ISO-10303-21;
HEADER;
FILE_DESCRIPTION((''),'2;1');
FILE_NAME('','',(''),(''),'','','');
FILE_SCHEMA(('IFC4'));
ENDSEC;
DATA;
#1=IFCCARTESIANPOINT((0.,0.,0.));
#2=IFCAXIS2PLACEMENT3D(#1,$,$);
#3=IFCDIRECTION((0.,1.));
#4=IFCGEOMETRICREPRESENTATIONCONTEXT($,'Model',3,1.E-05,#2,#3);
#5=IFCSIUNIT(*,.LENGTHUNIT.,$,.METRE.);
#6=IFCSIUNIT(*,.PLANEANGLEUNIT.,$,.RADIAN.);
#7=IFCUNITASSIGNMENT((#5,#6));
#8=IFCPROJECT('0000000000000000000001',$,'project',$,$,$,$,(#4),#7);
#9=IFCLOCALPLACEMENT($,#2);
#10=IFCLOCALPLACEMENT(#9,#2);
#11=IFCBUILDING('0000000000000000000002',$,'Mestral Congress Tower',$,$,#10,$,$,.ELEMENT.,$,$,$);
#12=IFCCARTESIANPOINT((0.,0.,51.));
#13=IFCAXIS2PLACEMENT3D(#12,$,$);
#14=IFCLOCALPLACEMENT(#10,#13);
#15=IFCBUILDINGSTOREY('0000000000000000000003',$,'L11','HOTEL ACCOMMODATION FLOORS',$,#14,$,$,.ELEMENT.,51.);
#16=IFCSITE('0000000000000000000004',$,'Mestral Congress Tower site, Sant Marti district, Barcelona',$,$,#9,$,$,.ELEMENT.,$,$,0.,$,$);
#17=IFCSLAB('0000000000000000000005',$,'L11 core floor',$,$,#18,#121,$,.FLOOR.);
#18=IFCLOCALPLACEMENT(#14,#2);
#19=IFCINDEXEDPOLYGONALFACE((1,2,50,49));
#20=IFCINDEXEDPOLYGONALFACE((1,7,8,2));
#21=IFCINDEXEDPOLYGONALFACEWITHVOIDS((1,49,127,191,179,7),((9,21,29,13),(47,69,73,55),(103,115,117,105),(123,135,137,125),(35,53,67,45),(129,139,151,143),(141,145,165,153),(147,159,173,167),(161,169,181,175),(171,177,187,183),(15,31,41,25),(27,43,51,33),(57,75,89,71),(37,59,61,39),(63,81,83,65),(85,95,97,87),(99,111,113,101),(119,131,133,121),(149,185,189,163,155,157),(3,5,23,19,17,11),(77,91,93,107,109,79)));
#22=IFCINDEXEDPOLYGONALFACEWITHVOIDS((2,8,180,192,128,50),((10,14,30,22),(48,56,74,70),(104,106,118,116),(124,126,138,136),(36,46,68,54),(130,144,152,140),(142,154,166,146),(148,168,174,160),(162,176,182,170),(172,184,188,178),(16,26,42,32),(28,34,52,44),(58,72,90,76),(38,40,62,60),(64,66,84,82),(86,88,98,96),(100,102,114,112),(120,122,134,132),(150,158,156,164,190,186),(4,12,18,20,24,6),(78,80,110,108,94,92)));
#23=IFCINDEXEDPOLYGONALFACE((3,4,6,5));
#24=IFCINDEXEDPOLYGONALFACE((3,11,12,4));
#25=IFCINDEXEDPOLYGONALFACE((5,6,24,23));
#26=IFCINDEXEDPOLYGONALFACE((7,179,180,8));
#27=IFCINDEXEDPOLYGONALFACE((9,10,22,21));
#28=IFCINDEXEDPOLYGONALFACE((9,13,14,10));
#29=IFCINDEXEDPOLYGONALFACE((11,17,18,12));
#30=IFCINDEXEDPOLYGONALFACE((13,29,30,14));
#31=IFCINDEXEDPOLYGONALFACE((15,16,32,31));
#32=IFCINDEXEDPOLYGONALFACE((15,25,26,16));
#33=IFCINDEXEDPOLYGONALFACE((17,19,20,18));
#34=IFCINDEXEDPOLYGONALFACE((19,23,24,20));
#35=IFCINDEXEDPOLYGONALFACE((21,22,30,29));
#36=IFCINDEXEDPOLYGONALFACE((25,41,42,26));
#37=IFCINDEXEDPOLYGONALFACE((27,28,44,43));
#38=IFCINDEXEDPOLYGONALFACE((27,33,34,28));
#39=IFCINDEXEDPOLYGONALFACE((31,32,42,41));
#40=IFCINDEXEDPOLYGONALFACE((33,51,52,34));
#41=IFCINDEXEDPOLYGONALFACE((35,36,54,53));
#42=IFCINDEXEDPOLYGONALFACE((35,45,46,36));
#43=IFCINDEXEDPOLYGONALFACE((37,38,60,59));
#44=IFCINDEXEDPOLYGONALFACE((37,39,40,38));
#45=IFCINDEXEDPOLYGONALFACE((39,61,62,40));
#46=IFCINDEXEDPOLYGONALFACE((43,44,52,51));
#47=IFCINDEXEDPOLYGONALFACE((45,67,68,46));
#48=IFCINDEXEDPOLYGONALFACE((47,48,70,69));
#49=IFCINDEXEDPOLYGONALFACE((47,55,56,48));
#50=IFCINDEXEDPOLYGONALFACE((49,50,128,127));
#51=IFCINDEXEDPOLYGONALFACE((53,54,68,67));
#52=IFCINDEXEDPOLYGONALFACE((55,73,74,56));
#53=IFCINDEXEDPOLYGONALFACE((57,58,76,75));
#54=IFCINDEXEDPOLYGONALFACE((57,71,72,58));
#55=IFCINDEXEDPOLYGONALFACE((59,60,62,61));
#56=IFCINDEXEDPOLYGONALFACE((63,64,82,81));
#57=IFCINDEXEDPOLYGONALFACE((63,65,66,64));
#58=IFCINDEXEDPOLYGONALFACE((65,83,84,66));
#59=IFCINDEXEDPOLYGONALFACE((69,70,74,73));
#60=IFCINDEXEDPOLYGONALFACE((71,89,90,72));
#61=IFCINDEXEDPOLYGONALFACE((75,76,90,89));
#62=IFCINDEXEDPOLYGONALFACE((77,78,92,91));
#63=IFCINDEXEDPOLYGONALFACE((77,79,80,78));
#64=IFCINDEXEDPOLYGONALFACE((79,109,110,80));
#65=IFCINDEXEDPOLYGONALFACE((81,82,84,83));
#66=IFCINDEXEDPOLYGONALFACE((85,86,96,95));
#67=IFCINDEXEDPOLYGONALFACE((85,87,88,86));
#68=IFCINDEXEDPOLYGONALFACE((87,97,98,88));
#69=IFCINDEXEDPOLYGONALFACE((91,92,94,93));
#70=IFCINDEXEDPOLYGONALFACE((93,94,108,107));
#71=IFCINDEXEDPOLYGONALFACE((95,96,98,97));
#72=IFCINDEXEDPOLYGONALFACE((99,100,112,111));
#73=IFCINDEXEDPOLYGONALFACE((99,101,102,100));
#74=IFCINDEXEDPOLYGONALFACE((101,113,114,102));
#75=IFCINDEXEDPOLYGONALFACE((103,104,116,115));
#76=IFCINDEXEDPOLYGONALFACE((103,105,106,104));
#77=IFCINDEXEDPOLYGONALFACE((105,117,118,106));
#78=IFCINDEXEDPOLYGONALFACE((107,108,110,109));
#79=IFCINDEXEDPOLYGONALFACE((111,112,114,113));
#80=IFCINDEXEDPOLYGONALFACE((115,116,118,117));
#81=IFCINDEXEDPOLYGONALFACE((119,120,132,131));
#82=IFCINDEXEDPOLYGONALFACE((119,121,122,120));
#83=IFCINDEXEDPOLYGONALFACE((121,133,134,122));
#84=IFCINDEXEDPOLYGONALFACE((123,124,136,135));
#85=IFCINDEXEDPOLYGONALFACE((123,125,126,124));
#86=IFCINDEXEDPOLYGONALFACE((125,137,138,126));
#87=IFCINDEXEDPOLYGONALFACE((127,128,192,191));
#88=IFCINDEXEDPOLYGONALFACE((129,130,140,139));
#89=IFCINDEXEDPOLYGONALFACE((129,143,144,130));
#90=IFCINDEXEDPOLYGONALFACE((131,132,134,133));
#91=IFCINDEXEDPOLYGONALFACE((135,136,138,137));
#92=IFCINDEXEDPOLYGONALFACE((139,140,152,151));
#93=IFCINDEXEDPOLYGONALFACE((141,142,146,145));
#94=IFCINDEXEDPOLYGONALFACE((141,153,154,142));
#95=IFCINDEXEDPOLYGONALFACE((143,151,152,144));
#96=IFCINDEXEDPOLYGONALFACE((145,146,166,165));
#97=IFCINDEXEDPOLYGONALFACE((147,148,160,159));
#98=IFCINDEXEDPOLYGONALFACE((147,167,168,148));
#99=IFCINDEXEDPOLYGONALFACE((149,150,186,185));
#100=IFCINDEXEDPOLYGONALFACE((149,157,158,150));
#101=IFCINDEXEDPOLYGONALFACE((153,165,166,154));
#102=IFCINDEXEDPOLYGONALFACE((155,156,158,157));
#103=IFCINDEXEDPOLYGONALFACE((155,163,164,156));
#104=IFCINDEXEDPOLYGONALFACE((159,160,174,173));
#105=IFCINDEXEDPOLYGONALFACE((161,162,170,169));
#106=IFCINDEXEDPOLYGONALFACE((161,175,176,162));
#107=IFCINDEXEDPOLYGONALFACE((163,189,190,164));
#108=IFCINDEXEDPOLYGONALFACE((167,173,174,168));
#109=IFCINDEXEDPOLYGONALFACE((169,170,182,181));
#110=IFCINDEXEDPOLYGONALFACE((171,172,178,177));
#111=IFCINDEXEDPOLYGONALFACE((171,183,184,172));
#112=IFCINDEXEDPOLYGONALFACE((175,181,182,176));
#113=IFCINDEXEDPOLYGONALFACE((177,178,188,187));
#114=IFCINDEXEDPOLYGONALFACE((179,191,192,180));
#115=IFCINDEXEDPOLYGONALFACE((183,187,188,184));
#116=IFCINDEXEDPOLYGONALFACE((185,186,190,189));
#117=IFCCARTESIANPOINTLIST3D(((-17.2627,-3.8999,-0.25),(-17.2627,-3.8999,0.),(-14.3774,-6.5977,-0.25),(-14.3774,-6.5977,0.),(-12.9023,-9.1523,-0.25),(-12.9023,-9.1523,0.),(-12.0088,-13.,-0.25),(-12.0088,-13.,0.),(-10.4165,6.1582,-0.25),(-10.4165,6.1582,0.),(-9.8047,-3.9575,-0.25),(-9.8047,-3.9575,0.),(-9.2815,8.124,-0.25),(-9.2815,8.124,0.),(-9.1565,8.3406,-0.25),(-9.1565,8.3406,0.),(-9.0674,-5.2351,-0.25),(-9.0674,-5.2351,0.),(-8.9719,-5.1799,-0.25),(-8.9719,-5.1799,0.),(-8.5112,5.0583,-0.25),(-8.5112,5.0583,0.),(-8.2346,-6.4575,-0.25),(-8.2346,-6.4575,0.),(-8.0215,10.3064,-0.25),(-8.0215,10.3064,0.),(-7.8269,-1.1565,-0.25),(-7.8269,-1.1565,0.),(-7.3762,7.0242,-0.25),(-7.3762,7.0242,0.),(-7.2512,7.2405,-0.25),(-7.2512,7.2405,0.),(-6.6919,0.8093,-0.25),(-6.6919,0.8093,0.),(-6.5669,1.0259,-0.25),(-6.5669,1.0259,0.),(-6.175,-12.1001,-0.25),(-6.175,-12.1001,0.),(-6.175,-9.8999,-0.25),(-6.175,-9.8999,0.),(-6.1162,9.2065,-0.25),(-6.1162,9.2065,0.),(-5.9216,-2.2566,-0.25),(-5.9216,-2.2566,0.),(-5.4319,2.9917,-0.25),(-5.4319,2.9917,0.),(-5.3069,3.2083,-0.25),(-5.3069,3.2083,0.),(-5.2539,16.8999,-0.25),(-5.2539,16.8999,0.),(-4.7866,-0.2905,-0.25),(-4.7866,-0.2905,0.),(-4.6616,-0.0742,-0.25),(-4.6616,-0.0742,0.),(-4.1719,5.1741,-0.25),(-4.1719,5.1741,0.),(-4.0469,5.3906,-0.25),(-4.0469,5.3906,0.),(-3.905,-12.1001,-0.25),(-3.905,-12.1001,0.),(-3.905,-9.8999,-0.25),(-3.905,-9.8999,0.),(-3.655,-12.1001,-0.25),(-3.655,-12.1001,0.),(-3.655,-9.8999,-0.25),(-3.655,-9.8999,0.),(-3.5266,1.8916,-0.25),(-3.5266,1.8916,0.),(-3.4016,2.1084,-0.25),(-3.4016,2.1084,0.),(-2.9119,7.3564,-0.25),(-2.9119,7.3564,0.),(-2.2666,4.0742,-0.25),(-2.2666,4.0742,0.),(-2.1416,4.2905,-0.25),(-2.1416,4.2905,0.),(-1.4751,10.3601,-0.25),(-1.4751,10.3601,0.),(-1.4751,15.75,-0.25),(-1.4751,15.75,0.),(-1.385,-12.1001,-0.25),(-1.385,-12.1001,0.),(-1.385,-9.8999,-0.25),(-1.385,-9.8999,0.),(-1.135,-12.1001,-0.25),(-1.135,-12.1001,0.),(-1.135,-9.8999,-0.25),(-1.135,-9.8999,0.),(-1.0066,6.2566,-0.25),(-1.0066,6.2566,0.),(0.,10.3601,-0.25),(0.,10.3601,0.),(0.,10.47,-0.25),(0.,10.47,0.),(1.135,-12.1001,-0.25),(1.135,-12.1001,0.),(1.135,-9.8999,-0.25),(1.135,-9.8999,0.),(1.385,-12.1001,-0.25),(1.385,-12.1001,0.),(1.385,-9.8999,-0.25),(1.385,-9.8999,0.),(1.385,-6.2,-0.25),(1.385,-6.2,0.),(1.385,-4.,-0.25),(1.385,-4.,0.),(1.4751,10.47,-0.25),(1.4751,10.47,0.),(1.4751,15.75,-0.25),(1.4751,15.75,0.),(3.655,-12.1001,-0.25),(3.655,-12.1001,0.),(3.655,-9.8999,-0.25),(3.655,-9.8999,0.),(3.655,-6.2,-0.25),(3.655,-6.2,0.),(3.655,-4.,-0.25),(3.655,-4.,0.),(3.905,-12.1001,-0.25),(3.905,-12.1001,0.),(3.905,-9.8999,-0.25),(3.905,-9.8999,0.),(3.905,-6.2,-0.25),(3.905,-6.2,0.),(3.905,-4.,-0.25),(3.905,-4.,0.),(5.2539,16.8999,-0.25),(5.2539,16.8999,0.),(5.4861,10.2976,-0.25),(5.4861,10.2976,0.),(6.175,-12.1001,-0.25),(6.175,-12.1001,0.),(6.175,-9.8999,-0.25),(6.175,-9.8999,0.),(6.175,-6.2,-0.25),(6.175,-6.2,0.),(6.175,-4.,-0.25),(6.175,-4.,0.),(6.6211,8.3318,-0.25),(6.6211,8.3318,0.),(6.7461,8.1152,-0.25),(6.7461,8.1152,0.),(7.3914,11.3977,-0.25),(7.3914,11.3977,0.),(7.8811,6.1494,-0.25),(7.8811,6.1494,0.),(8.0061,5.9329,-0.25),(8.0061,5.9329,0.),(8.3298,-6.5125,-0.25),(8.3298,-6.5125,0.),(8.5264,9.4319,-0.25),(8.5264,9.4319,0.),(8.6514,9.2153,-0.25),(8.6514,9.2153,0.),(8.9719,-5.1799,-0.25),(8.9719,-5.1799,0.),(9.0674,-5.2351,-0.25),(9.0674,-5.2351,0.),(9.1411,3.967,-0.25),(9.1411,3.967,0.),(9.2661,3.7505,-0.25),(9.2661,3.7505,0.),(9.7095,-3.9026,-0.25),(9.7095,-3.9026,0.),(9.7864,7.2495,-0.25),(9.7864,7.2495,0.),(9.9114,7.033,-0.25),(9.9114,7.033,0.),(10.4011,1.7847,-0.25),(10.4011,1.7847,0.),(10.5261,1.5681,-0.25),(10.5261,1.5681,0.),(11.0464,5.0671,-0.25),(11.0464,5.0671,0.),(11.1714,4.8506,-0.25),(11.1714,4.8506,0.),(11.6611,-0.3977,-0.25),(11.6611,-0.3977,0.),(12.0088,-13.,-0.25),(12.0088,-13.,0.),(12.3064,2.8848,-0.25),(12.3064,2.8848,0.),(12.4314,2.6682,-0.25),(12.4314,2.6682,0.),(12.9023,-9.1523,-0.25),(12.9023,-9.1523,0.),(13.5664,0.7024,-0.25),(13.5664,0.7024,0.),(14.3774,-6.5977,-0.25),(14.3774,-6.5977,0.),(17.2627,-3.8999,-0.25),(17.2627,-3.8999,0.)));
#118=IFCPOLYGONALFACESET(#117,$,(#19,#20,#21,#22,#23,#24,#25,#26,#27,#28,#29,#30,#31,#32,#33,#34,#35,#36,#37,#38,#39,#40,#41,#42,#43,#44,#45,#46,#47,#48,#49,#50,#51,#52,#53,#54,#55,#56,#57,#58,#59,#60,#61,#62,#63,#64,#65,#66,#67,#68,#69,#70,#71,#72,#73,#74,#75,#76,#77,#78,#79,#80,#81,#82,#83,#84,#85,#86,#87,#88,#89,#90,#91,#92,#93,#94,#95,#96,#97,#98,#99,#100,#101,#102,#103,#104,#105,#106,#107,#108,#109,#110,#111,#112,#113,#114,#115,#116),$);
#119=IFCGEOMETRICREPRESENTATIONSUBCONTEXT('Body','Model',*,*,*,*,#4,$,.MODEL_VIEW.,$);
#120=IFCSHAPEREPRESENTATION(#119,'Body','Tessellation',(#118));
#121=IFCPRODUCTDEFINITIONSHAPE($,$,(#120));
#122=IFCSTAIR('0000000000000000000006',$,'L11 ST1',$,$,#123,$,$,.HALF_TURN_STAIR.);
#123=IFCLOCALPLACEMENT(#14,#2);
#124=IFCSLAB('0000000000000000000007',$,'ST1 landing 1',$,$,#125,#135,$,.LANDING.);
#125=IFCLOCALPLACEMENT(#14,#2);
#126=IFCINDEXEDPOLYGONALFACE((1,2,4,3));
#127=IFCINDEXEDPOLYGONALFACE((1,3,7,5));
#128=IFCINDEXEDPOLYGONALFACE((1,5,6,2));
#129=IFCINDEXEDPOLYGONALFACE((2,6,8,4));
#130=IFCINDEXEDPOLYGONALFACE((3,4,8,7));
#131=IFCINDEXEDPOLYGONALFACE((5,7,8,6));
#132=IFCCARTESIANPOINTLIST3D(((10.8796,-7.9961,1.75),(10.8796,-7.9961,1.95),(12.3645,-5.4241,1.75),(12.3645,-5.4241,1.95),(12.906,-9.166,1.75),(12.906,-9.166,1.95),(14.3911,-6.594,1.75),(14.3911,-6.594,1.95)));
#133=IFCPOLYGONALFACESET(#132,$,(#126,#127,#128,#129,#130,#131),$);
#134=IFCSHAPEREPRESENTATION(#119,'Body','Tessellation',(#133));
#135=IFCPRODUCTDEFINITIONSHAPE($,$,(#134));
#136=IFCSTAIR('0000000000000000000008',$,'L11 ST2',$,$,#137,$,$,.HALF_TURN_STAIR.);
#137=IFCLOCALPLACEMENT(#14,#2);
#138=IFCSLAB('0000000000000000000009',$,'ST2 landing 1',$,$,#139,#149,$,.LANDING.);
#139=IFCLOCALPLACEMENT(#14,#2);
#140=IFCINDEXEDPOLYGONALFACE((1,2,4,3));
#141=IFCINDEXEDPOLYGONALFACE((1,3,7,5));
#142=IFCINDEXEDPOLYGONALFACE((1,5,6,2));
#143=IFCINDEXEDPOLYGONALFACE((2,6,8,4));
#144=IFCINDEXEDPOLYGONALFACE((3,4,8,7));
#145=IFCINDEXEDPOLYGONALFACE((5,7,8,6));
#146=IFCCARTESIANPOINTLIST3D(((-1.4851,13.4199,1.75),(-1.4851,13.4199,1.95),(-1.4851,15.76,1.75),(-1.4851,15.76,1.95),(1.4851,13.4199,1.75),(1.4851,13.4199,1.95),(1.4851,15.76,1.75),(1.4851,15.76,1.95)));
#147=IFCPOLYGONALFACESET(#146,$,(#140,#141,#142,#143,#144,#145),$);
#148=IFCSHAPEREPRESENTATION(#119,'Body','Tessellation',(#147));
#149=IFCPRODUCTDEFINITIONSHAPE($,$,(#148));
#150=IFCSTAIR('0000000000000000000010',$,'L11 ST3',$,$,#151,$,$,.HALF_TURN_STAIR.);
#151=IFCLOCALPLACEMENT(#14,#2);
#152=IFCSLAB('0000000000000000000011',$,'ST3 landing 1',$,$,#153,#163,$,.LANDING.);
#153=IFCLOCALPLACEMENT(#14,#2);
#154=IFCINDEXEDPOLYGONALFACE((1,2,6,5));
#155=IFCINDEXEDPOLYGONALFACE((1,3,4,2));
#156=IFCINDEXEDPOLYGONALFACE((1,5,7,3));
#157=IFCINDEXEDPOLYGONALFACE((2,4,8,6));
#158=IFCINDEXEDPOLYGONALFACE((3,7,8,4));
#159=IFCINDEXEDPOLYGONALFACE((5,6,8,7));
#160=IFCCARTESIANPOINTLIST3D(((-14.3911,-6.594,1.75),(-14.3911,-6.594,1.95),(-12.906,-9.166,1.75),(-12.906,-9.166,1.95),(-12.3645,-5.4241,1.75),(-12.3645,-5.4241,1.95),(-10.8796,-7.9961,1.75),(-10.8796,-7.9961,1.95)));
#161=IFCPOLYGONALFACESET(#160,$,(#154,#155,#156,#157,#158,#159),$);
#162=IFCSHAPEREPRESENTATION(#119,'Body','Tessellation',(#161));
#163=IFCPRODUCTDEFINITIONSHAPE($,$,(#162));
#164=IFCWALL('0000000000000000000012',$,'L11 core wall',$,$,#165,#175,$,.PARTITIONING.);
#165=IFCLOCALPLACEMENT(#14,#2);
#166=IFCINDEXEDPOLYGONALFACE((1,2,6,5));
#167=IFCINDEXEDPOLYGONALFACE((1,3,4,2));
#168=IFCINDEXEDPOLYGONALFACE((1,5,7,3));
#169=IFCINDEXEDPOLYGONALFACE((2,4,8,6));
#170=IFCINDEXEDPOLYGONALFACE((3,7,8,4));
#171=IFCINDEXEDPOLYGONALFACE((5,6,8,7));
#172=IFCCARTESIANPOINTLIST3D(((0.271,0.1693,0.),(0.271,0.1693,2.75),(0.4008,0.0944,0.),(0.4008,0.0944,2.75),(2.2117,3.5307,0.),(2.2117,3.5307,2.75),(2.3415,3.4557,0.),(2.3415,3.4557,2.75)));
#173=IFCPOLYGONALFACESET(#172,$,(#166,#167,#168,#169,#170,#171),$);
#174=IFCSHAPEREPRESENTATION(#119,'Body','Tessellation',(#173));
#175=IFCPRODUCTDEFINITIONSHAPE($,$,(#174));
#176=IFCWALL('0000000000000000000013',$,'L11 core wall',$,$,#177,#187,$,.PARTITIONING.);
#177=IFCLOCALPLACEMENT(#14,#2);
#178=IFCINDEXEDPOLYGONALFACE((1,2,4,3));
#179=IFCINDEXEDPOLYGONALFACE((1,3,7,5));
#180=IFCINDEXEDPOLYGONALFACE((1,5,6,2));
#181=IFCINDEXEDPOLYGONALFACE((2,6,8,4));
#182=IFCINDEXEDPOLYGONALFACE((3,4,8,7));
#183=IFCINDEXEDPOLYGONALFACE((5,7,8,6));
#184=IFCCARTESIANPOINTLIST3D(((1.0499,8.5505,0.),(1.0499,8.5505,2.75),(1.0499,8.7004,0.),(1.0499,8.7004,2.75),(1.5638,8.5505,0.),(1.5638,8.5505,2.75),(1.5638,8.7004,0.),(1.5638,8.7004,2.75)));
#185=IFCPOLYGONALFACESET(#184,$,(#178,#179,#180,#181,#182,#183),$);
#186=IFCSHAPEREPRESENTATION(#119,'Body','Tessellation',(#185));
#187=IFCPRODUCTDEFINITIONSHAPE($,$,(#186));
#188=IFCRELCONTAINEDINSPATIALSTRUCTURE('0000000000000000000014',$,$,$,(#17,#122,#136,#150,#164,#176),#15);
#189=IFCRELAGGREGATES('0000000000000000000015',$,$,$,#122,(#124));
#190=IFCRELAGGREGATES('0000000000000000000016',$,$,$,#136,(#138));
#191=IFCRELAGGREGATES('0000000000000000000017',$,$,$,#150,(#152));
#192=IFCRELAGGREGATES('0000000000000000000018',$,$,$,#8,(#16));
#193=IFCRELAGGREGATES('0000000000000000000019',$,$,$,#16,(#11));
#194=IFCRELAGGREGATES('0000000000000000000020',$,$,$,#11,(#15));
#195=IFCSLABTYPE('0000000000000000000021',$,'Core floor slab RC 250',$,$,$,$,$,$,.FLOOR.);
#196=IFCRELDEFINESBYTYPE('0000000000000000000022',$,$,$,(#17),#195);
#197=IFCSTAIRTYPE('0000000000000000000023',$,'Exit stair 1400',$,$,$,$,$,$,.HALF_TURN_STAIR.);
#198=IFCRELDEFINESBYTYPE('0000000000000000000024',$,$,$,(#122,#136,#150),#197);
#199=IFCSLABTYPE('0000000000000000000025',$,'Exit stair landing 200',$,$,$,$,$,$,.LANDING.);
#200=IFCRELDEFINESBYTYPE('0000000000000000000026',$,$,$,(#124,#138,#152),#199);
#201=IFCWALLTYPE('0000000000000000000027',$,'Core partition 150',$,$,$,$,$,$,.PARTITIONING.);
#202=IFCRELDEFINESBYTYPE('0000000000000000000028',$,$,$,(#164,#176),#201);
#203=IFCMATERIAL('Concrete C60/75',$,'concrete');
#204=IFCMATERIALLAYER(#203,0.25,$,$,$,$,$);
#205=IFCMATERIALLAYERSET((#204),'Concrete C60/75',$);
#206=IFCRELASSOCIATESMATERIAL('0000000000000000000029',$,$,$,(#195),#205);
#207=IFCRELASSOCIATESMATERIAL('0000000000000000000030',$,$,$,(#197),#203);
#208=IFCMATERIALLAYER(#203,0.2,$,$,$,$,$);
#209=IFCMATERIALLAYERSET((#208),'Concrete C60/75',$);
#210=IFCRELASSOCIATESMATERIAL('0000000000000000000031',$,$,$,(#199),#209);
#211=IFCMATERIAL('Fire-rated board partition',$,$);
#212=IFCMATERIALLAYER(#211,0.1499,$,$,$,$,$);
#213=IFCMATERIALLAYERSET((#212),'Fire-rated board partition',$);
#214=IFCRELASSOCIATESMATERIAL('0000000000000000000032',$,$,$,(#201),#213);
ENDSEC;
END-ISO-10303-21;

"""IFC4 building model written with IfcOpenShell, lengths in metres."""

from ifc_helpers import new_model, si_unit, direction, frame, frame_2d, origin, place, context, subcontext, project, spatial, polyline, rectangle, outline, extrude, material, layer, layer_set, type_object, element, aggregate, save


model = new_model("IFC4")

# Units and contexts
model_context = context("Model", 3, precision=1e-05, world=origin(), true_north=direction((0.0, 1.0)))
body_context = subcontext(model_context, "Body", "Model", "MODEL_VIEW")
ifc_project = project(units=[si_unit("LENGTHUNIT", "METRE"), si_unit("PLANEANGLEUNIT", "RADIAN")], contexts=[model_context])

# Site, building, storey
site_placement = place(None, origin())
site = spatial("IfcSite", under=ifc_project, at=site_placement, Name="Mestral Congress Tower site, Sant Marti district, Barcelona", CompositionType="ELEMENT", RefElevation=0.0)
building_placement = place(site_placement, origin())
building = spatial("IfcBuilding", under=site, at=building_placement, Name="Mestral Congress Tower", CompositionType="ELEMENT")
storey_placement = place(building_placement, frame((0.0, 0.0, 51.0)))
storey = spatial("IfcBuildingStorey", under=building, at=storey_placement, Name="L11", Description="HOTEL ACCOMMODATION FLOORS", CompositionType="ELEMENT", Elevation=51.0)

# Slab
ifc_material_1 = material(Name="Concrete C60/75", Category="concrete")
ifc_layer_1 = layer(ifc_material_1, 0.25)
ifc_layer_set_1 = layer_set([ifc_layer_1], Name="Concrete C60/75")
slab_type_1 = type_object("IfcSlabType", Name="Core floor slab RC 250", PredefinedType="FLOOR", material=ifc_layer_set_1)
slab_1_placement = place(storey_placement, frame((0.0, 0.0, -0.25)))
element("IfcSlab", 1, at=slab_1_placement, inside=storey, type_object=slab_type_1, Name="L11 core floor", PredefinedType="FLOOR", context=body_context, shape_type="SweptSolid", body=[
    extrude(outline(polyline([(12.0088, -13.0), (-12.0088, -13.0), (-17.2627, -3.8999), (-5.2539, 16.8999), (5.2539, 16.8999), (17.2627, -3.8999), (12.0088, -13.0)]), holes=[polyline([(-3.905, -9.8999), (-6.175, -9.8999), (-6.175, -12.1001), (-3.905, -12.1001), (-3.905, -9.8999)]), polyline([(-1.385, -9.8999), (-3.655, -9.8999), (-3.655, -12.1001), (-1.385, -12.1001), (-1.385, -9.8999)]), polyline([(1.135, -9.8999), (-1.135, -9.8999), (-1.135, -12.1001), (1.135, -12.1001), (1.135, -9.8999)]), polyline([(-9.0674, -5.2351), (-9.8047, -3.9575), (-14.3774, -6.5977), (-12.9023, -9.1523), (-8.2346, -6.4575), (-8.9719, -5.1799), (-9.0674, -5.2351)]), polyline([(-7.8269, -1.1565), (-5.9216, -2.2566), (-4.7866, -0.2905), (-6.6919, 0.8093), (-7.8269, -1.1565)]), polyline([(-4.6616, -0.0742), (-3.5266, 1.8916), (-5.4319, 2.9917), (-6.5669, 1.0259), (-4.6616, -0.0742)]), polyline([(-3.4016, 2.1084), (-2.2666, 4.0742), (-4.1719, 5.1741), (-5.3069, 3.2083), (-3.4016, 2.1084)]), polyline([(-2.1416, 4.2905), (-1.0066, 6.2566), (-2.9119, 7.3564), (-4.0469, 5.3906), (-2.1416, 4.2905)]), polyline([(-10.4165, 6.1582), (-8.5112, 5.0583), (-7.3762, 7.0242), (-9.2815, 8.124), (-10.4165, 6.1582)]), polyline([(-9.1565, 8.3406), (-7.2512, 7.2405), (-6.1162, 9.2065), (-8.0215, 10.3064), (-9.1565, 8.3406)]), polyline([(1.4751, 10.47), (1.4751, 15.75), (-1.4751, 15.75), (-1.4751, 10.3601), (0.0, 10.3601), (0.0, 10.47), (1.4751, 10.47)]), polyline([(3.655, -9.8999), (1.385, -9.8999), (1.385, -12.1001), (3.655, -12.1001), (3.655, -9.8999)]), polyline([(6.175, -9.8999), (3.905, -9.8999), (3.905, -12.1001), (6.175, -12.1001), (6.175, -9.8999)]), polyline([(9.0674, -5.2351), (8.3298, -6.5125), (12.9023, -9.1523), (14.3774, -6.5977), (9.7095, -3.9026), (8.9719, -5.1799), (9.0674, -5.2351)]), polyline([(3.655, -6.2), (3.655, -4.0), (1.385, -4.0), (1.385, -6.2), (3.655, -6.2)]), polyline([(6.175, -4.0), (3.905, -4.0), (3.905, -6.2), (6.175, -6.2), (6.175, -4.0)]), polyline([(12.4314, 2.6682), (10.5261, 1.5681), (11.6611, -0.3977), (13.5664, 0.7024), (12.4314, 2.6682)]), polyline([(11.1714, 4.8506), (9.2661, 3.7505), (10.4011, 1.7847), (12.3064, 2.8848), (11.1714, 4.8506)]), polyline([(8.0061, 5.9329), (9.1411, 3.967), (11.0464, 5.0671), (9.9114, 7.033), (8.0061, 5.9329)]), polyline([(8.6514, 9.2153), (6.7461, 8.1152), (7.8811, 6.1494), (9.7864, 7.2495), (8.6514, 9.2153)]), polyline([(7.3914, 11.3977), (5.4861, 10.2976), (6.6211, 8.3318), (8.5264, 9.4319), (7.3914, 11.3977)])]), origin(), (0.0, 0.0, 1.0), 0.25),
])

# Stairs, slabs
stair_type = type_object("IfcStairType", Name="Exit stair 1400", PredefinedType="HALF_TURN_STAIR", material=ifc_material_1)
placement_1 = place(storey_placement, origin())
stair_1 = element("IfcStair", 2, at=placement_1, inside=storey, type_object=stair_type, Name="L11 ST1", PredefinedType="HALF_TURN_STAIR")
ifc_layer_2 = layer(ifc_material_1, 0.2)
ifc_layer_set_2 = layer_set([ifc_layer_2], Name="Concrete C60/75")
slab_type_2 = type_object("IfcSlabType", Name="Exit stair landing 200", PredefinedType="LANDING", material=ifc_layer_set_2)
placement_2 = place(storey_placement, frame((0.0, 0.0, 1.75)))
slab_2 = element("IfcSlab", 3, at=placement_2, type_object=slab_type_2, Name="ST1 landing 1", PredefinedType="LANDING", context=body_context, shape_type="SweptSolid", body=[
    extrude(outline(polyline([(10.8796, -7.9961), (12.3645, -5.4241), (14.3911, -6.594), (12.906, -9.166), (10.8796, -7.9961)])), origin(), (0.0, 0.0, 1.0), 0.2),
])
aggregate(stair_1, [slab_2])
stair_2 = element("IfcStair", 4, at=placement_1, inside=storey, type_object=stair_type, Name="L11 ST2", PredefinedType="HALF_TURN_STAIR")
slab_3 = element("IfcSlab", 5, at=placement_2, type_object=slab_type_2, Name="ST2 landing 1", PredefinedType="LANDING", context=body_context, shape_type="SweptSolid", body=[
    extrude(outline(polyline([(1.4851, 13.4199), (-1.4851, 13.4199), (-1.4851, 15.76), (1.4851, 15.76), (1.4851, 13.4199)])), origin(), (0.0, 0.0, 1.0), 0.2),
])
aggregate(stair_2, [slab_3])
stair_3 = element("IfcStair", 6, at=placement_1, inside=storey, type_object=stair_type, Name="L11 ST3", PredefinedType="HALF_TURN_STAIR")
slab_4 = element("IfcSlab", 7, at=placement_2, type_object=slab_type_2, Name="ST3 landing 1", PredefinedType="LANDING", context=body_context, shape_type="SweptSolid", body=[
    extrude(outline(polyline([(-12.3645, -5.4241), (-10.8796, -7.9961), (-12.906, -9.166), (-14.3911, -6.594), (-12.3645, -5.4241)])), origin(), (0.0, 0.0, 1.0), 0.2),
])
aggregate(stair_3, [slab_4])

# Walls
ifc_material_2 = material(Name="Fire-rated board partition")
ifc_layer_3 = layer(ifc_material_2, 0.1499)
ifc_layer_set_3 = layer_set([ifc_layer_3], Name="Fire-rated board partition")
wall_type_1 = type_object("IfcWallType", Name="Core partition 150", PredefinedType="PARTITIONING", material=ifc_layer_set_3)
wall_1_placement = place(storey_placement, frame((0.3359, 0.1318, 0.0), z_axis=(0.0, 0.0, 1.0), x_axis=(0.500002, 0.866024, 0.0)))
element("IfcWall", 8, at=wall_1_placement, inside=storey, type_object=wall_type_1, Name="L11 core wall", PredefinedType="PARTITIONING", context=body_context, shape_type="SweptSolid", body=[
    extrude(rectangle(XDim=3.8813, YDim=0.1499, at=frame_2d((1.9407, 0.0))), origin(), (0.0, 0.0, 1.0), 2.75),
])
wall_2_placement = place(storey_placement, frame((1.05, 8.6255, 0.0), z_axis=(0.0, 0.0, 1.0), x_axis=(1.0, 0.0, 0.0)))
element("IfcWall", 9, at=wall_2_placement, inside=storey, type_object=wall_type_1, Name="L11 core wall", PredefinedType="PARTITIONING", context=body_context, shape_type="SweptSolid", body=[
    extrude(rectangle(XDim=0.5139, YDim=0.1499, at=frame_2d((0.2568, 0.0))), origin(), (0.0, 0.0, 1.0), 2.75),
])

save(model, "model.ifc")
